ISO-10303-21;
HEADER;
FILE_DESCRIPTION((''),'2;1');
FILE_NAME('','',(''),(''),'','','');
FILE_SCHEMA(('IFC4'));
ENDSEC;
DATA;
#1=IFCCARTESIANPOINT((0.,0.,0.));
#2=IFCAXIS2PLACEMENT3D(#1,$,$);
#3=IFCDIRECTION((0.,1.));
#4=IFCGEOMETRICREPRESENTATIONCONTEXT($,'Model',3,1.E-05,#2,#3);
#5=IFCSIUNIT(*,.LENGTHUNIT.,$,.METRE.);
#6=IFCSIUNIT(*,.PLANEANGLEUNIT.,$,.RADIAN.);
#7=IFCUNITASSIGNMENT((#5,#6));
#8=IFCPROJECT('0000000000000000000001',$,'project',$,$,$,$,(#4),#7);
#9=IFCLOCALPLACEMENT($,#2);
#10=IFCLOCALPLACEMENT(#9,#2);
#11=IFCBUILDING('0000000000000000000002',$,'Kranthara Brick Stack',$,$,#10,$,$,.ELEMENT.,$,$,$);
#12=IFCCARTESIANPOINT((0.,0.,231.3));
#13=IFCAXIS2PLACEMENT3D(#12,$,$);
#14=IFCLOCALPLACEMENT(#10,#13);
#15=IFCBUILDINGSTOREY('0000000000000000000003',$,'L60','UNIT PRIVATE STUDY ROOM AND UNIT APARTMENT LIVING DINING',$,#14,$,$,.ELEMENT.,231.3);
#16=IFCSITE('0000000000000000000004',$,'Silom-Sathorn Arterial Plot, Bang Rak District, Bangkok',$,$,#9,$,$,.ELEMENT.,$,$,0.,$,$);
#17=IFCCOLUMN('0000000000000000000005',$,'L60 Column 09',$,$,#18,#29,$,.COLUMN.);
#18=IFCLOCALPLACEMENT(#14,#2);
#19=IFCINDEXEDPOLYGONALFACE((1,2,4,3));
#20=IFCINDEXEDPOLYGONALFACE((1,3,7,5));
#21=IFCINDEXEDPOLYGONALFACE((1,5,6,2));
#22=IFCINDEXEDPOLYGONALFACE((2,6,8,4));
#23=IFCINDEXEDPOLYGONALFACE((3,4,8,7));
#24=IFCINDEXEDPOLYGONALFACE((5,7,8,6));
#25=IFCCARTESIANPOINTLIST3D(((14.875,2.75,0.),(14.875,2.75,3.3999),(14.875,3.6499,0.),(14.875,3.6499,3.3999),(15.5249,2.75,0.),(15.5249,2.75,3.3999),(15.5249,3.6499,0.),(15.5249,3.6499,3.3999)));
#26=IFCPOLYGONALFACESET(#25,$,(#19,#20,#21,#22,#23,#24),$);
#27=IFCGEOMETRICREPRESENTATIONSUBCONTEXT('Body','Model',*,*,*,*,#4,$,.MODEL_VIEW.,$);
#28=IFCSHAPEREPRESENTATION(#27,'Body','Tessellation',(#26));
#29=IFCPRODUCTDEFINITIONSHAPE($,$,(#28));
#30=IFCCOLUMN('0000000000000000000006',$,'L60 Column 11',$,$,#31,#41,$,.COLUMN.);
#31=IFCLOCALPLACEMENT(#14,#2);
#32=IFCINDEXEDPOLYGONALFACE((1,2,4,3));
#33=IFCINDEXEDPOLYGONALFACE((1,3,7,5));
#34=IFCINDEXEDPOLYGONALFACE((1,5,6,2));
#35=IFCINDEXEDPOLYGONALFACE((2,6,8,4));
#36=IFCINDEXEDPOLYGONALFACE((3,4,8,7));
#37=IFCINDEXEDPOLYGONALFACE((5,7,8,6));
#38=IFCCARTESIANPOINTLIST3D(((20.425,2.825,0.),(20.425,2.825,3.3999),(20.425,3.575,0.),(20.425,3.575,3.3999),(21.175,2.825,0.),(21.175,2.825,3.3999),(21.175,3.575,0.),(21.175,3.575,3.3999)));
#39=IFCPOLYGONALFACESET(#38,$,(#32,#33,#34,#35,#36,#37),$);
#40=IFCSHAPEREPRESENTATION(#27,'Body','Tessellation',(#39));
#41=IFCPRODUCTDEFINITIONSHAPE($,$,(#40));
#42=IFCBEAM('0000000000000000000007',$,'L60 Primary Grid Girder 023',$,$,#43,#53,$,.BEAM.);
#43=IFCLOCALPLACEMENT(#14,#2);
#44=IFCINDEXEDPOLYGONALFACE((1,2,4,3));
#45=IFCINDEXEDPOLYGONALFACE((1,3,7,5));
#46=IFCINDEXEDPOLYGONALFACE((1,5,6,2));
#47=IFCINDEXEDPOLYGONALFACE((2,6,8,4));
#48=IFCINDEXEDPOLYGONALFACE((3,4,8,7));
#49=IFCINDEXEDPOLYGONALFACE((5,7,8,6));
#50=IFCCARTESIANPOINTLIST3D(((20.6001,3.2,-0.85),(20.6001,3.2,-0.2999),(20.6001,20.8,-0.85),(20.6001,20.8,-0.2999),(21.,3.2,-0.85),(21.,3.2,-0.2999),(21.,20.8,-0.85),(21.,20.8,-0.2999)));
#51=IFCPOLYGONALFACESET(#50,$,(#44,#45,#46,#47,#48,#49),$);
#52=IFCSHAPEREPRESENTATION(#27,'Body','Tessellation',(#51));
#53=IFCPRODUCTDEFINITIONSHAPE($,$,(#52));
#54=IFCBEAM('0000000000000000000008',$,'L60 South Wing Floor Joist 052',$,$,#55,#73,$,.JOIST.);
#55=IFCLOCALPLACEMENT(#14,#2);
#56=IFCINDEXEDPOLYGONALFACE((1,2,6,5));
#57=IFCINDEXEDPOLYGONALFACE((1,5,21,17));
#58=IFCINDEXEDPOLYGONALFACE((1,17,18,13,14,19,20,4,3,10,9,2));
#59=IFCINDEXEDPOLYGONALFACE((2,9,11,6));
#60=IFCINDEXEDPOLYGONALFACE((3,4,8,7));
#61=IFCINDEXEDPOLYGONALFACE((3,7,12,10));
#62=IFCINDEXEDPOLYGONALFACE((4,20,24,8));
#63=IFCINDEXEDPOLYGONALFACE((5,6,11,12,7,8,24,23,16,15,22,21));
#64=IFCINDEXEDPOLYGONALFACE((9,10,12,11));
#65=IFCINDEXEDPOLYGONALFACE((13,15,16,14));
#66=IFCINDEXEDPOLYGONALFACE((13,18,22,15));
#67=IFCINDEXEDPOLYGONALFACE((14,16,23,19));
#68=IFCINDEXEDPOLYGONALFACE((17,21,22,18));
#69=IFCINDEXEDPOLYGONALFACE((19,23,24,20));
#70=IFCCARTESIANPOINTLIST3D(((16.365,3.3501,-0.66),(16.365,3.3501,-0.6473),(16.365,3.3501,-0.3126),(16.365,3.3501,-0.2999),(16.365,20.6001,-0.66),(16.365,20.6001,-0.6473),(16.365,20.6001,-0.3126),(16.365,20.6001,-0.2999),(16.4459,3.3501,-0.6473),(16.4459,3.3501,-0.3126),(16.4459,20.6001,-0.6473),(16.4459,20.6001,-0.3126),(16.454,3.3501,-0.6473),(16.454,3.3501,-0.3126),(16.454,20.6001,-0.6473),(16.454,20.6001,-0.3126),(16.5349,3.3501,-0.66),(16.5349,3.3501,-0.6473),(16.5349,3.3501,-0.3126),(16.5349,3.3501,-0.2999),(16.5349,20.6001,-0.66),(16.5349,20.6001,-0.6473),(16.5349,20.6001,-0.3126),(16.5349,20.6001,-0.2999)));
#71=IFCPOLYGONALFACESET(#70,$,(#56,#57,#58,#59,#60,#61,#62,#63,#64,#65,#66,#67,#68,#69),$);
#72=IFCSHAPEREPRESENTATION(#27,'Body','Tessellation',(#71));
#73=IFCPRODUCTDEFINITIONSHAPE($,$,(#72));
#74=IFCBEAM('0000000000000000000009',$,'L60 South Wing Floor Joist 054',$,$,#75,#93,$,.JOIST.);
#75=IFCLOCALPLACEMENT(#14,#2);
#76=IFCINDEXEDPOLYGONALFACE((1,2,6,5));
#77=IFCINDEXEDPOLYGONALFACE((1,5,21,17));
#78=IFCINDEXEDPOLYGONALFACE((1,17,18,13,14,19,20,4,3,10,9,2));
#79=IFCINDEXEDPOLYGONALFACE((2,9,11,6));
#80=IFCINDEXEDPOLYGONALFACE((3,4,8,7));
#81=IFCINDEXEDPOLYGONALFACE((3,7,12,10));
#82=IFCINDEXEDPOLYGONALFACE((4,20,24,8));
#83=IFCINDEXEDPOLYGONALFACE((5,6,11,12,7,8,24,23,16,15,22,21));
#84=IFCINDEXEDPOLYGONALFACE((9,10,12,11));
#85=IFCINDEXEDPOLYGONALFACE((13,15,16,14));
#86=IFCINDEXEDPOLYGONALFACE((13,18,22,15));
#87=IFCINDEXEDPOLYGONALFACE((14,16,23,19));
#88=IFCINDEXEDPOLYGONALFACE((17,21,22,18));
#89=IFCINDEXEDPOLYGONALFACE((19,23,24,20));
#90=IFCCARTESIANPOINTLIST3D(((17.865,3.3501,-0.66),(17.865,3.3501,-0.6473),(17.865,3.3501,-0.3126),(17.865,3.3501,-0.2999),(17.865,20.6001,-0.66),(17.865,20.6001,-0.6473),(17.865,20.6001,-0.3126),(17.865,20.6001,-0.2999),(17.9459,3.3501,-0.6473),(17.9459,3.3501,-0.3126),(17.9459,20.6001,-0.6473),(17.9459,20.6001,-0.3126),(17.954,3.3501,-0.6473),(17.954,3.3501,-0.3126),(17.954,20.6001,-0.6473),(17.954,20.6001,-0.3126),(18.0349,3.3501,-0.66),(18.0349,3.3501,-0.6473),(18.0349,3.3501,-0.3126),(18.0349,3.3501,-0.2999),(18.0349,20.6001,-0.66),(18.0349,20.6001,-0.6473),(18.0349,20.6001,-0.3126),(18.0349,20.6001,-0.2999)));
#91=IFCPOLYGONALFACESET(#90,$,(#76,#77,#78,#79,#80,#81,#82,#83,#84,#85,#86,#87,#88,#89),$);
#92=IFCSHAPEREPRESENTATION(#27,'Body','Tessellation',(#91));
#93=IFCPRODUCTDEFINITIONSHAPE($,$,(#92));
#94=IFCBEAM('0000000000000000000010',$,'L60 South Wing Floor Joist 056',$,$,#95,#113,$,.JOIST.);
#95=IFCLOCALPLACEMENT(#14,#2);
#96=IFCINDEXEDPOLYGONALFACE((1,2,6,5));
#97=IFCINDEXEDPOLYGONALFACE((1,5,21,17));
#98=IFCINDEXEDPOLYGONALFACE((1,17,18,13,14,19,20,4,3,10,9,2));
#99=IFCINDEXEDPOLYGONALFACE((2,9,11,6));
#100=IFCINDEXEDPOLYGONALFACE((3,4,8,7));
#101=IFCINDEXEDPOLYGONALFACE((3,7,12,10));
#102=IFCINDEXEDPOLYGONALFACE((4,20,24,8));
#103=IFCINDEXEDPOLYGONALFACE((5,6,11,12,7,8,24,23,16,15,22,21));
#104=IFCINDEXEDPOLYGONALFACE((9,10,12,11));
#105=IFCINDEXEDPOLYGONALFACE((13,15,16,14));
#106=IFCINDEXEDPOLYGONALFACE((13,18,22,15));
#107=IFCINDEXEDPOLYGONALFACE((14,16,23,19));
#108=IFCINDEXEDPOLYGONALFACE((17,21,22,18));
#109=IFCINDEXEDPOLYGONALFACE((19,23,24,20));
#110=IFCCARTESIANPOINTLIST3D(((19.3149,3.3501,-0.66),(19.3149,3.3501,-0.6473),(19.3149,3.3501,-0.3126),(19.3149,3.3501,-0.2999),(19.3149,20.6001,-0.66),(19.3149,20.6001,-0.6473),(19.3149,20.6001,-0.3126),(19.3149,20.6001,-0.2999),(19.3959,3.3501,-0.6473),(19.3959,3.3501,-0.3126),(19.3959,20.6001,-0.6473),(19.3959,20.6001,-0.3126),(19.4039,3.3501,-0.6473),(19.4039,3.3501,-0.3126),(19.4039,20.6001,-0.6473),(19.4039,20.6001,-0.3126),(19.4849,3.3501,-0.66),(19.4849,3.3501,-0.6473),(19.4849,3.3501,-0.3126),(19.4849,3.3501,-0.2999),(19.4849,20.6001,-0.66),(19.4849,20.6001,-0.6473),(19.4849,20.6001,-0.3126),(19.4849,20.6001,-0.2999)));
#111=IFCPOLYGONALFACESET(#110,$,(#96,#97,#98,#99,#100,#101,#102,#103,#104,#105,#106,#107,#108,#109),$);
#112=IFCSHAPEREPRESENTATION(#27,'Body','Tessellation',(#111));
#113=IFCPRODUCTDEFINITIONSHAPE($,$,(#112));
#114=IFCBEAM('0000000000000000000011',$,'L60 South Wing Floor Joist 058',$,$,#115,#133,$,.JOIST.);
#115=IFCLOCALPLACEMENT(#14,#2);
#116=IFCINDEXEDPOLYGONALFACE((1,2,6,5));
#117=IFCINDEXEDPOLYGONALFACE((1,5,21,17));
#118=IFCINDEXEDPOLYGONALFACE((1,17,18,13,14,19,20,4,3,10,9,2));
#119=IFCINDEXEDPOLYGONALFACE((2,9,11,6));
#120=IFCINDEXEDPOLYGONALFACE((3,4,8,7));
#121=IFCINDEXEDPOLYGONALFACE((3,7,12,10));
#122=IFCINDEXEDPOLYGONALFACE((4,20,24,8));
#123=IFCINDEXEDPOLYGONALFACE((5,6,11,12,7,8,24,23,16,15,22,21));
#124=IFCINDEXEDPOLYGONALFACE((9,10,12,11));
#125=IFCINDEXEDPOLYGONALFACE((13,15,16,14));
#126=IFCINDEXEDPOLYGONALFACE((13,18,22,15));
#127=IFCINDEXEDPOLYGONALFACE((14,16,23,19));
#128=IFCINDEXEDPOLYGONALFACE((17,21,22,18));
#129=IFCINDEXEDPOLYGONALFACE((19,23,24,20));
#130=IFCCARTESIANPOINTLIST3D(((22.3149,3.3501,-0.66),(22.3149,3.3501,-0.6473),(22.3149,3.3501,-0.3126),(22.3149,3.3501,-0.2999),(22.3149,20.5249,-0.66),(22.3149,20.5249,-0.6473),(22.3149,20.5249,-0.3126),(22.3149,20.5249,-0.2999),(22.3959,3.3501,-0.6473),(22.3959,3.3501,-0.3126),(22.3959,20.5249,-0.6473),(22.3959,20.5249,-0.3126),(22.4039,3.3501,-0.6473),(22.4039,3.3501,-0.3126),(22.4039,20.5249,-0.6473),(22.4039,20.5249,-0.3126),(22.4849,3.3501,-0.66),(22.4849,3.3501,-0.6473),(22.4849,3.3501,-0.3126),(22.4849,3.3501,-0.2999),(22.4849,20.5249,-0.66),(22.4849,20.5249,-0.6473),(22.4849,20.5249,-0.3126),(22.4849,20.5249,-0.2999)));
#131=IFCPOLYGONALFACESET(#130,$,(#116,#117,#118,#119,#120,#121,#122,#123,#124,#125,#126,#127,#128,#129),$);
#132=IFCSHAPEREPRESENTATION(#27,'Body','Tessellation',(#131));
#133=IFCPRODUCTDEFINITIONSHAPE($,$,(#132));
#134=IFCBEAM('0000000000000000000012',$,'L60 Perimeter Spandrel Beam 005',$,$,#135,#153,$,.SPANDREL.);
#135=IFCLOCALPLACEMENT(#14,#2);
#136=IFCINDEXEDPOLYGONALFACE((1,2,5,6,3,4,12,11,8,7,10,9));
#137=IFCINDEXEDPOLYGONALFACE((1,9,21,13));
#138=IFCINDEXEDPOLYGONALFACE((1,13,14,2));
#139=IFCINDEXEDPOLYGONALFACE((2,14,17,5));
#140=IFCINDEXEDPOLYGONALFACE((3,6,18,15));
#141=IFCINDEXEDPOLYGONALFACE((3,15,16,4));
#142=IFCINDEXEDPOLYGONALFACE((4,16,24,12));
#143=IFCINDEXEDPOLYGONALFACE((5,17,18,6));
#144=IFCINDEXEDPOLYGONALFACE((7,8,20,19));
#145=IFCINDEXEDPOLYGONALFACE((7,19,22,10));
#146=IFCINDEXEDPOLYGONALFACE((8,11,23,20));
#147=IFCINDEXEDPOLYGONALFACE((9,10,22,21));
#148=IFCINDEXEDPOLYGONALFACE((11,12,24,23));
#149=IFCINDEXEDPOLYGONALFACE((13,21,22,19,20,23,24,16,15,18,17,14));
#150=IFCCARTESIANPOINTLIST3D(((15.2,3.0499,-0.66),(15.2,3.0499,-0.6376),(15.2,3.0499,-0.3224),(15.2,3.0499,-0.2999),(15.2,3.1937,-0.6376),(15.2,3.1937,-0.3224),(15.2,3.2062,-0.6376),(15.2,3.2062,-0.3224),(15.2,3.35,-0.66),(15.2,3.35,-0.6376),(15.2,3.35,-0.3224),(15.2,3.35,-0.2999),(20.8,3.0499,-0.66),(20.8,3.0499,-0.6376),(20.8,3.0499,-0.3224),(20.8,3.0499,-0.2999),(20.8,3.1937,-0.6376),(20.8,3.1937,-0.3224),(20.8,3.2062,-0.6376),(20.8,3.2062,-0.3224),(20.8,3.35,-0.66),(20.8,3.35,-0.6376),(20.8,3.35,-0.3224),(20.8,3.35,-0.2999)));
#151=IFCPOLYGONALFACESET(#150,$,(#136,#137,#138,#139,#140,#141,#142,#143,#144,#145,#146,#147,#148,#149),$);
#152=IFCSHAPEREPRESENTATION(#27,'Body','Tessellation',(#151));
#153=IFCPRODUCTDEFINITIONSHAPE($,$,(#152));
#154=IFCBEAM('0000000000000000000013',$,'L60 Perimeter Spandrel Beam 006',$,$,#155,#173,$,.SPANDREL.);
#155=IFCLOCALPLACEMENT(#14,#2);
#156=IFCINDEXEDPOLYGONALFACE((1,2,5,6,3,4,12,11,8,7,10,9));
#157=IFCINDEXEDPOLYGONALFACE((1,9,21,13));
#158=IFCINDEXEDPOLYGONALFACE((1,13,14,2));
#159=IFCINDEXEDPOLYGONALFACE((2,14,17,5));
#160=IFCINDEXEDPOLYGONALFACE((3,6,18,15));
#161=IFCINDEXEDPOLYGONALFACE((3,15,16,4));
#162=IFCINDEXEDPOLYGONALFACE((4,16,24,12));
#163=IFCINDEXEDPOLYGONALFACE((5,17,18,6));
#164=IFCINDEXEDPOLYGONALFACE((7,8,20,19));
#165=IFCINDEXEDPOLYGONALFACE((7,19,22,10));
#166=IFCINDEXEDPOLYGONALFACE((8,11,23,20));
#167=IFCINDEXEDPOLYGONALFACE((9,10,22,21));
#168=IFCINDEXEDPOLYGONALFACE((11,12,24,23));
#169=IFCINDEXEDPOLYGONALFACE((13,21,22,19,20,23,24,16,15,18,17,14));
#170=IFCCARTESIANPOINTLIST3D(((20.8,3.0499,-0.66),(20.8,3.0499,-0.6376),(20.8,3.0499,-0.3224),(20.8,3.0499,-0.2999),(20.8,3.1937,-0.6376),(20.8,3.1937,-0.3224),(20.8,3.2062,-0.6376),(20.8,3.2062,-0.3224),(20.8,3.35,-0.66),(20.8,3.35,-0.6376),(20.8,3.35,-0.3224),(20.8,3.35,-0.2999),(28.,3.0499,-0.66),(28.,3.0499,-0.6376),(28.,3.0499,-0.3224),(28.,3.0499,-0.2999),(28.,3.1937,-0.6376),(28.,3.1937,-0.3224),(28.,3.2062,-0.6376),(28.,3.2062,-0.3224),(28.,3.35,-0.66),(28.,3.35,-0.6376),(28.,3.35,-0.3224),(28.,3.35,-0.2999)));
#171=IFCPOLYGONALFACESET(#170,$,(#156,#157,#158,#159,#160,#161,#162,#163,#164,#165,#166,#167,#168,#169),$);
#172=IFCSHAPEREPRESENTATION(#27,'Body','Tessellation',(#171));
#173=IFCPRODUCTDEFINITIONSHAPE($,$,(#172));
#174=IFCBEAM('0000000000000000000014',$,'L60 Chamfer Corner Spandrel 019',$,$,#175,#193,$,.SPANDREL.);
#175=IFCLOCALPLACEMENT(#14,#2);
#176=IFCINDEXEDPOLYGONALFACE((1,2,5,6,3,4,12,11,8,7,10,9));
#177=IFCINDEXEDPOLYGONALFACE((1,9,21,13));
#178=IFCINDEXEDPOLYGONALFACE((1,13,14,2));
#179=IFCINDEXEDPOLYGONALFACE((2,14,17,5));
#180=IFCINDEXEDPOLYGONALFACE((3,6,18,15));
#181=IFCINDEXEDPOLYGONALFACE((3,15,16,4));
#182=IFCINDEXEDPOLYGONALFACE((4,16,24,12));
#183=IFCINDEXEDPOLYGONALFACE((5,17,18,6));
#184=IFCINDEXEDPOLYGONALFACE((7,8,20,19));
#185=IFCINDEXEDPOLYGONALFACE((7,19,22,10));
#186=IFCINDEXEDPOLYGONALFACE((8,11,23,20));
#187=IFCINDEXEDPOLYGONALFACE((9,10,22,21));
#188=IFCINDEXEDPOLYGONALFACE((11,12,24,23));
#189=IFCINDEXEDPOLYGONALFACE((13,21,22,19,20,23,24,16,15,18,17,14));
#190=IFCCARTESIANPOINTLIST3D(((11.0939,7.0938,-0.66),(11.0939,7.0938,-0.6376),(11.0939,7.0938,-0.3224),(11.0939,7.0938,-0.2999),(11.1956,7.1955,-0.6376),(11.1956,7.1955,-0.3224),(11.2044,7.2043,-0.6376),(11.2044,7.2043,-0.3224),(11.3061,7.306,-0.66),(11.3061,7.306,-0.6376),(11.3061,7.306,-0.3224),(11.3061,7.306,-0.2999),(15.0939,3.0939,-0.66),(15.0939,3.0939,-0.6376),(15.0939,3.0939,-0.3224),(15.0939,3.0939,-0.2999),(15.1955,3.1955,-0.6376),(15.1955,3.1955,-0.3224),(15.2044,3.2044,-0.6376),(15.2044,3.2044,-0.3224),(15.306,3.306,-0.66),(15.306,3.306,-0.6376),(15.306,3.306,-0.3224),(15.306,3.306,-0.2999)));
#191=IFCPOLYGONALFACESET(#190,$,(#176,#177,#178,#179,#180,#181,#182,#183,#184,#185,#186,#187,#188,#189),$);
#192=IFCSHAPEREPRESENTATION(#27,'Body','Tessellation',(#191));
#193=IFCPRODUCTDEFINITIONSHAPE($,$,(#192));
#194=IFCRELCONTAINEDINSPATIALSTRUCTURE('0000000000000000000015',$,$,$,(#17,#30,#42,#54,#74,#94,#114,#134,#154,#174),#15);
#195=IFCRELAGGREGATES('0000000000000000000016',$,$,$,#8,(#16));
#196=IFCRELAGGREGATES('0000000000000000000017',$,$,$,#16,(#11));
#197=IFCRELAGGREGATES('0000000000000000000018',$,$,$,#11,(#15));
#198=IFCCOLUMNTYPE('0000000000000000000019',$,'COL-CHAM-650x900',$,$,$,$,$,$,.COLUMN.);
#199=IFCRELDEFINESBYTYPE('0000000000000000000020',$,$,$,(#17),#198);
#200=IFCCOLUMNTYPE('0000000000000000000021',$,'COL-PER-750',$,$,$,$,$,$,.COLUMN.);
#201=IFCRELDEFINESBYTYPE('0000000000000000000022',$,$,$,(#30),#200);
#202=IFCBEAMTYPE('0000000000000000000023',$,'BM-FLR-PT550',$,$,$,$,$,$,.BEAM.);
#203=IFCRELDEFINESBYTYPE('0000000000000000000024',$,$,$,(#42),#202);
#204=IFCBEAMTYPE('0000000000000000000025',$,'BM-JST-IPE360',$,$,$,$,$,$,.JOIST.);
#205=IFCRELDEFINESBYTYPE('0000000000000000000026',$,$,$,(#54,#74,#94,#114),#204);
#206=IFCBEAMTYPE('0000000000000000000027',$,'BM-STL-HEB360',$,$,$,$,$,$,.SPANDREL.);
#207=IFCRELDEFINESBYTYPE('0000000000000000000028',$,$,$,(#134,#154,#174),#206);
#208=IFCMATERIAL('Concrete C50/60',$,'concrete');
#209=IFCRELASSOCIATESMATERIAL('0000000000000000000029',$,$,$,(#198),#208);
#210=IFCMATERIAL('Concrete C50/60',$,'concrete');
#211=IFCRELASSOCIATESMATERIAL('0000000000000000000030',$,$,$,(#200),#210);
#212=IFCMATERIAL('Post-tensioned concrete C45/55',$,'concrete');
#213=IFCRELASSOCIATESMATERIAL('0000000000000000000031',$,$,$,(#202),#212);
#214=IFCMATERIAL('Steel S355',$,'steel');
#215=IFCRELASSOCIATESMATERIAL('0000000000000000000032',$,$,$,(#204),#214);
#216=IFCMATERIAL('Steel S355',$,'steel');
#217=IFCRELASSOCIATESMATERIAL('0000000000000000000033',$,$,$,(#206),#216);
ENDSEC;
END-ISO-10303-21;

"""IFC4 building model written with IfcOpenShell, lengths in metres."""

from ifc_helpers import new_model, si_unit, direction, frame, origin, origin_2d, place, context, subcontext, project, spatial, rectangle, i_section, extrude, material, material_profile, profile_set, type_object, element, save


model = new_model("IFC4")

# Units and contexts
model_context = context("Model", 3, precision=1e-05, world=origin(), true_north=direction((0.0, 1.0)))
body_context = subcontext(model_context, "Body", "Model", "MODEL_VIEW")
ifc_project = project(units=[si_unit("LENGTHUNIT", "METRE"), si_unit("PLANEANGLEUNIT", "RADIAN")], contexts=[model_context])

# Site, building, storey
site_placement = place(None, origin())
site = spatial("IfcSite", under=ifc_project, at=site_placement, Name="Silom-Sathorn Arterial Plot, Bang Rak District, Bangkok", CompositionType="ELEMENT", RefElevation=0.0)
building_placement = place(site_placement, origin())
building = spatial("IfcBuilding", under=site, at=building_placement, Name="Kranthara Brick Stack", CompositionType="ELEMENT")
storey_placement = place(building_placement, frame((0.0, 0.0, 231.3)))
storey = spatial("IfcBuildingStorey", under=building, at=storey_placement, Name="L60", Description="UNIT PRIVATE STUDY ROOM AND UNIT APARTMENT LIVING DINING", CompositionType="ELEMENT", Elevation=231.3)

# Columns
ifc_material_1 = material(Name="Concrete C50/60", Category="concrete")
ifc_material_profile_1 = material_profile(ifc_material_1, rectangle(XDim=0.6499, YDim=0.8999, at=origin_2d()), Name="RC 650x900")
ifc_profile_set_1 = profile_set([ifc_material_profile_1], Name="Concrete C50/60")
column_type_1 = type_object("IfcColumnType", Name="COL-CHAM-650x900", PredefinedType="COLUMN", material=ifc_profile_set_1)
column_1_placement = place(storey_placement, frame((15.2, 3.2, 0.0), z_axis=(0.0, 0.0, 1.0), x_axis=(1.0, 0.0, 0.0)))
element("IfcColumn", 1, at=column_1_placement, inside=storey, type_object=column_type_1, Name="L60 Column 09", PredefinedType="COLUMN", context=body_context, shape_type="SweptSolid", body=[
    extrude(rectangle(XDim=0.6499, YDim=0.8999, at=origin_2d()), origin(), (0.0, 0.0, 1.0), 3.3999),
])
ifc_material_2 = material(Name="Concrete C50/60", Category="concrete")
ifc_material_profile_2 = material_profile(ifc_material_2, rectangle(XDim=0.75, YDim=0.75, at=origin_2d()), Name="RC 750x750")
ifc_profile_set_2 = profile_set([ifc_material_profile_2], Name="Concrete C50/60")
column_type_2 = type_object("IfcColumnType", Name="COL-PER-750", PredefinedType="COLUMN", material=ifc_profile_set_2)
column_2_placement = place(storey_placement, frame((20.8, 3.2, 0.0), z_axis=(0.0, 0.0, 1.0), x_axis=(1.0, 0.0, 0.0)))
element("IfcColumn", 2, at=column_2_placement, inside=storey, type_object=column_type_2, Name="L60 Column 11", PredefinedType="COLUMN", context=body_context, shape_type="SweptSolid", body=[
    extrude(rectangle(XDim=0.75, YDim=0.75, at=origin_2d()), origin(), (0.0, 0.0, 1.0), 3.3999),
])

# Beams
ifc_material_3 = material(Name="Post-tensioned concrete C45/55", Category="concrete")
ifc_material_profile_3 = material_profile(ifc_material_3, rectangle(XDim=0.3999, YDim=0.55, at=origin_2d()), Name="PT 400x550")
ifc_profile_set_3 = profile_set([ifc_material_profile_3], Name="Post-tensioned concrete C45/55")
beam_type_1 = type_object("IfcBeamType", Name="BM-FLR-PT550", PredefinedType="BEAM", material=ifc_profile_set_3)
beam_1_placement = place(storey_placement, frame((20.8, 3.2, -0.575), z_axis=(0.0, 1.0, 0.0), x_axis=(-1.0, 0.0, 0.0)))
element("IfcBeam", 3, at=beam_1_placement, inside=storey, type_object=beam_type_1, Name="L60 Primary Grid Girder 023", PredefinedType="BEAM", context=body_context, shape_type="SweptSolid", body=[
    extrude(rectangle(XDim=0.3999, YDim=0.55, at=origin_2d()), origin(), (0.0, 0.0, 1.0), 17.6001),
])
ifc_material_4 = material(Name="Steel S355", Category="steel")
ifc_material_profile_4 = material_profile(ifc_material_4, i_section(OverallWidth=0.1699, OverallDepth=0.3601, WebThickness=0.0081, FlangeThickness=0.0127, at=origin_2d()), Name="IPE 360")
ifc_profile_set_4 = profile_set([ifc_material_profile_4], Name="Steel S355")
beam_type_2 = type_object("IfcBeamType", Name="BM-JST-IPE360", PredefinedType="JOIST", material=ifc_profile_set_4)
for number, where, z_axis, x_axis, name in (
    (4, (16.45, 3.3501, -0.48), (0.0, 1.0, 0.0), (-1.0, 0.0, 0.0), "L60 South Wing Floor Joist 052"),
    (5, (17.95, 3.3501, -0.48), (0.0, 1.0, 0.0), (-1.0, 0.0, 0.0), "L60 South Wing Floor Joist 054"),
    (6, (19.3999, 3.3501, -0.48), (0.0, 1.0, 0.0), (-1.0, 0.0, 0.0), "L60 South Wing Floor Joist 056"),
):
    element("IfcBeam", number, at=place(storey_placement, frame(where, z_axis=z_axis, x_axis=x_axis)), inside=storey, type_object=beam_type_2, Name=name, PredefinedType="JOIST", context=body_context, shape_type="SweptSolid", body=[
        extrude(i_section(OverallWidth=0.1699, OverallDepth=0.3601, WebThickness=0.0081, FlangeThickness=0.0127, at=origin_2d()), origin(), (0.0, 0.0, 1.0), 17.25),
    ])
beam_2_placement = place(storey_placement, frame((22.3999, 3.3501, -0.48), z_axis=(0.0, 1.0, 0.0), x_axis=(-1.0, 0.0, 0.0)))
element("IfcBeam", 7, at=beam_2_placement, inside=storey, type_object=beam_type_2, Name="L60 South Wing Floor Joist 058", PredefinedType="JOIST", context=body_context, shape_type="SweptSolid", body=[
    extrude(i_section(OverallWidth=0.1699, OverallDepth=0.3601, WebThickness=0.0081, FlangeThickness=0.0127, at=origin_2d()), origin(), (0.0, 0.0, 1.0), 17.1748),
])
ifc_material_5 = material(Name="Steel S355", Category="steel")
ifc_material_profile_5 = material_profile(ifc_material_5, i_section(OverallWidth=0.3, OverallDepth=0.3601, WebThickness=0.0125, FlangeThickness=0.0225, at=origin_2d()), Name="HEB 360")
ifc_profile_set_5 = profile_set([ifc_material_profile_5], Name="Steel S355")
beam_type_3 = type_object("IfcBeamType", Name="BM-STL-HEB360", PredefinedType="SPANDREL", material=ifc_profile_set_5)
beam_3_placement = place(storey_placement, frame((15.2, 3.2, -0.48), z_axis=(1.0, 0.0, 0.0), x_axis=(0.0, 1.0, 0.0)))
element("IfcBeam", 8, at=beam_3_placement, inside=storey, type_object=beam_type_3, Name="L60 Perimeter Spandrel Beam 005", PredefinedType="SPANDREL", context=body_context, shape_type="SweptSolid", body=[
    extrude(i_section(OverallWidth=0.3, OverallDepth=0.3601, WebThickness=0.0125, FlangeThickness=0.0225, at=origin_2d()), origin(), (0.0, 0.0, 1.0), 5.6001),
])
beam_4_placement = place(storey_placement, frame((20.8, 3.2, -0.48), z_axis=(1.0, 0.0, 0.0), x_axis=(0.0, 1.0, 0.0)))
element("IfcBeam", 9, at=beam_4_placement, inside=storey, type_object=beam_type_3, Name="L60 Perimeter Spandrel Beam 006", PredefinedType="SPANDREL", context=body_context, shape_type="SweptSolid", body=[
    extrude(i_section(OverallWidth=0.3, OverallDepth=0.3601, WebThickness=0.0125, FlangeThickness=0.0225, at=origin_2d()), origin(), (0.0, 0.0, 1.0), 7.2),
])
beam_5_placement = place(storey_placement, frame((15.2, 3.2, -0.48), z_axis=(-0.707107, 0.707107, 0.0), x_axis=(-0.707107, -0.707107, 0.0)))
element("IfcBeam", 10, at=beam_5_placement, inside=storey, type_object=beam_type_3, Name="L60 Chamfer Corner Spandrel 019", PredefinedType="SPANDREL", context=body_context, shape_type="SweptSolid", body=[
    extrude(i_section(OverallWidth=0.3, OverallDepth=0.3601, WebThickness=0.0125, FlangeThickness=0.0225, at=origin_2d()), origin(), (0.0, 0.0, 1.0), 5.6567),
])

save(model, "model.ifc")
